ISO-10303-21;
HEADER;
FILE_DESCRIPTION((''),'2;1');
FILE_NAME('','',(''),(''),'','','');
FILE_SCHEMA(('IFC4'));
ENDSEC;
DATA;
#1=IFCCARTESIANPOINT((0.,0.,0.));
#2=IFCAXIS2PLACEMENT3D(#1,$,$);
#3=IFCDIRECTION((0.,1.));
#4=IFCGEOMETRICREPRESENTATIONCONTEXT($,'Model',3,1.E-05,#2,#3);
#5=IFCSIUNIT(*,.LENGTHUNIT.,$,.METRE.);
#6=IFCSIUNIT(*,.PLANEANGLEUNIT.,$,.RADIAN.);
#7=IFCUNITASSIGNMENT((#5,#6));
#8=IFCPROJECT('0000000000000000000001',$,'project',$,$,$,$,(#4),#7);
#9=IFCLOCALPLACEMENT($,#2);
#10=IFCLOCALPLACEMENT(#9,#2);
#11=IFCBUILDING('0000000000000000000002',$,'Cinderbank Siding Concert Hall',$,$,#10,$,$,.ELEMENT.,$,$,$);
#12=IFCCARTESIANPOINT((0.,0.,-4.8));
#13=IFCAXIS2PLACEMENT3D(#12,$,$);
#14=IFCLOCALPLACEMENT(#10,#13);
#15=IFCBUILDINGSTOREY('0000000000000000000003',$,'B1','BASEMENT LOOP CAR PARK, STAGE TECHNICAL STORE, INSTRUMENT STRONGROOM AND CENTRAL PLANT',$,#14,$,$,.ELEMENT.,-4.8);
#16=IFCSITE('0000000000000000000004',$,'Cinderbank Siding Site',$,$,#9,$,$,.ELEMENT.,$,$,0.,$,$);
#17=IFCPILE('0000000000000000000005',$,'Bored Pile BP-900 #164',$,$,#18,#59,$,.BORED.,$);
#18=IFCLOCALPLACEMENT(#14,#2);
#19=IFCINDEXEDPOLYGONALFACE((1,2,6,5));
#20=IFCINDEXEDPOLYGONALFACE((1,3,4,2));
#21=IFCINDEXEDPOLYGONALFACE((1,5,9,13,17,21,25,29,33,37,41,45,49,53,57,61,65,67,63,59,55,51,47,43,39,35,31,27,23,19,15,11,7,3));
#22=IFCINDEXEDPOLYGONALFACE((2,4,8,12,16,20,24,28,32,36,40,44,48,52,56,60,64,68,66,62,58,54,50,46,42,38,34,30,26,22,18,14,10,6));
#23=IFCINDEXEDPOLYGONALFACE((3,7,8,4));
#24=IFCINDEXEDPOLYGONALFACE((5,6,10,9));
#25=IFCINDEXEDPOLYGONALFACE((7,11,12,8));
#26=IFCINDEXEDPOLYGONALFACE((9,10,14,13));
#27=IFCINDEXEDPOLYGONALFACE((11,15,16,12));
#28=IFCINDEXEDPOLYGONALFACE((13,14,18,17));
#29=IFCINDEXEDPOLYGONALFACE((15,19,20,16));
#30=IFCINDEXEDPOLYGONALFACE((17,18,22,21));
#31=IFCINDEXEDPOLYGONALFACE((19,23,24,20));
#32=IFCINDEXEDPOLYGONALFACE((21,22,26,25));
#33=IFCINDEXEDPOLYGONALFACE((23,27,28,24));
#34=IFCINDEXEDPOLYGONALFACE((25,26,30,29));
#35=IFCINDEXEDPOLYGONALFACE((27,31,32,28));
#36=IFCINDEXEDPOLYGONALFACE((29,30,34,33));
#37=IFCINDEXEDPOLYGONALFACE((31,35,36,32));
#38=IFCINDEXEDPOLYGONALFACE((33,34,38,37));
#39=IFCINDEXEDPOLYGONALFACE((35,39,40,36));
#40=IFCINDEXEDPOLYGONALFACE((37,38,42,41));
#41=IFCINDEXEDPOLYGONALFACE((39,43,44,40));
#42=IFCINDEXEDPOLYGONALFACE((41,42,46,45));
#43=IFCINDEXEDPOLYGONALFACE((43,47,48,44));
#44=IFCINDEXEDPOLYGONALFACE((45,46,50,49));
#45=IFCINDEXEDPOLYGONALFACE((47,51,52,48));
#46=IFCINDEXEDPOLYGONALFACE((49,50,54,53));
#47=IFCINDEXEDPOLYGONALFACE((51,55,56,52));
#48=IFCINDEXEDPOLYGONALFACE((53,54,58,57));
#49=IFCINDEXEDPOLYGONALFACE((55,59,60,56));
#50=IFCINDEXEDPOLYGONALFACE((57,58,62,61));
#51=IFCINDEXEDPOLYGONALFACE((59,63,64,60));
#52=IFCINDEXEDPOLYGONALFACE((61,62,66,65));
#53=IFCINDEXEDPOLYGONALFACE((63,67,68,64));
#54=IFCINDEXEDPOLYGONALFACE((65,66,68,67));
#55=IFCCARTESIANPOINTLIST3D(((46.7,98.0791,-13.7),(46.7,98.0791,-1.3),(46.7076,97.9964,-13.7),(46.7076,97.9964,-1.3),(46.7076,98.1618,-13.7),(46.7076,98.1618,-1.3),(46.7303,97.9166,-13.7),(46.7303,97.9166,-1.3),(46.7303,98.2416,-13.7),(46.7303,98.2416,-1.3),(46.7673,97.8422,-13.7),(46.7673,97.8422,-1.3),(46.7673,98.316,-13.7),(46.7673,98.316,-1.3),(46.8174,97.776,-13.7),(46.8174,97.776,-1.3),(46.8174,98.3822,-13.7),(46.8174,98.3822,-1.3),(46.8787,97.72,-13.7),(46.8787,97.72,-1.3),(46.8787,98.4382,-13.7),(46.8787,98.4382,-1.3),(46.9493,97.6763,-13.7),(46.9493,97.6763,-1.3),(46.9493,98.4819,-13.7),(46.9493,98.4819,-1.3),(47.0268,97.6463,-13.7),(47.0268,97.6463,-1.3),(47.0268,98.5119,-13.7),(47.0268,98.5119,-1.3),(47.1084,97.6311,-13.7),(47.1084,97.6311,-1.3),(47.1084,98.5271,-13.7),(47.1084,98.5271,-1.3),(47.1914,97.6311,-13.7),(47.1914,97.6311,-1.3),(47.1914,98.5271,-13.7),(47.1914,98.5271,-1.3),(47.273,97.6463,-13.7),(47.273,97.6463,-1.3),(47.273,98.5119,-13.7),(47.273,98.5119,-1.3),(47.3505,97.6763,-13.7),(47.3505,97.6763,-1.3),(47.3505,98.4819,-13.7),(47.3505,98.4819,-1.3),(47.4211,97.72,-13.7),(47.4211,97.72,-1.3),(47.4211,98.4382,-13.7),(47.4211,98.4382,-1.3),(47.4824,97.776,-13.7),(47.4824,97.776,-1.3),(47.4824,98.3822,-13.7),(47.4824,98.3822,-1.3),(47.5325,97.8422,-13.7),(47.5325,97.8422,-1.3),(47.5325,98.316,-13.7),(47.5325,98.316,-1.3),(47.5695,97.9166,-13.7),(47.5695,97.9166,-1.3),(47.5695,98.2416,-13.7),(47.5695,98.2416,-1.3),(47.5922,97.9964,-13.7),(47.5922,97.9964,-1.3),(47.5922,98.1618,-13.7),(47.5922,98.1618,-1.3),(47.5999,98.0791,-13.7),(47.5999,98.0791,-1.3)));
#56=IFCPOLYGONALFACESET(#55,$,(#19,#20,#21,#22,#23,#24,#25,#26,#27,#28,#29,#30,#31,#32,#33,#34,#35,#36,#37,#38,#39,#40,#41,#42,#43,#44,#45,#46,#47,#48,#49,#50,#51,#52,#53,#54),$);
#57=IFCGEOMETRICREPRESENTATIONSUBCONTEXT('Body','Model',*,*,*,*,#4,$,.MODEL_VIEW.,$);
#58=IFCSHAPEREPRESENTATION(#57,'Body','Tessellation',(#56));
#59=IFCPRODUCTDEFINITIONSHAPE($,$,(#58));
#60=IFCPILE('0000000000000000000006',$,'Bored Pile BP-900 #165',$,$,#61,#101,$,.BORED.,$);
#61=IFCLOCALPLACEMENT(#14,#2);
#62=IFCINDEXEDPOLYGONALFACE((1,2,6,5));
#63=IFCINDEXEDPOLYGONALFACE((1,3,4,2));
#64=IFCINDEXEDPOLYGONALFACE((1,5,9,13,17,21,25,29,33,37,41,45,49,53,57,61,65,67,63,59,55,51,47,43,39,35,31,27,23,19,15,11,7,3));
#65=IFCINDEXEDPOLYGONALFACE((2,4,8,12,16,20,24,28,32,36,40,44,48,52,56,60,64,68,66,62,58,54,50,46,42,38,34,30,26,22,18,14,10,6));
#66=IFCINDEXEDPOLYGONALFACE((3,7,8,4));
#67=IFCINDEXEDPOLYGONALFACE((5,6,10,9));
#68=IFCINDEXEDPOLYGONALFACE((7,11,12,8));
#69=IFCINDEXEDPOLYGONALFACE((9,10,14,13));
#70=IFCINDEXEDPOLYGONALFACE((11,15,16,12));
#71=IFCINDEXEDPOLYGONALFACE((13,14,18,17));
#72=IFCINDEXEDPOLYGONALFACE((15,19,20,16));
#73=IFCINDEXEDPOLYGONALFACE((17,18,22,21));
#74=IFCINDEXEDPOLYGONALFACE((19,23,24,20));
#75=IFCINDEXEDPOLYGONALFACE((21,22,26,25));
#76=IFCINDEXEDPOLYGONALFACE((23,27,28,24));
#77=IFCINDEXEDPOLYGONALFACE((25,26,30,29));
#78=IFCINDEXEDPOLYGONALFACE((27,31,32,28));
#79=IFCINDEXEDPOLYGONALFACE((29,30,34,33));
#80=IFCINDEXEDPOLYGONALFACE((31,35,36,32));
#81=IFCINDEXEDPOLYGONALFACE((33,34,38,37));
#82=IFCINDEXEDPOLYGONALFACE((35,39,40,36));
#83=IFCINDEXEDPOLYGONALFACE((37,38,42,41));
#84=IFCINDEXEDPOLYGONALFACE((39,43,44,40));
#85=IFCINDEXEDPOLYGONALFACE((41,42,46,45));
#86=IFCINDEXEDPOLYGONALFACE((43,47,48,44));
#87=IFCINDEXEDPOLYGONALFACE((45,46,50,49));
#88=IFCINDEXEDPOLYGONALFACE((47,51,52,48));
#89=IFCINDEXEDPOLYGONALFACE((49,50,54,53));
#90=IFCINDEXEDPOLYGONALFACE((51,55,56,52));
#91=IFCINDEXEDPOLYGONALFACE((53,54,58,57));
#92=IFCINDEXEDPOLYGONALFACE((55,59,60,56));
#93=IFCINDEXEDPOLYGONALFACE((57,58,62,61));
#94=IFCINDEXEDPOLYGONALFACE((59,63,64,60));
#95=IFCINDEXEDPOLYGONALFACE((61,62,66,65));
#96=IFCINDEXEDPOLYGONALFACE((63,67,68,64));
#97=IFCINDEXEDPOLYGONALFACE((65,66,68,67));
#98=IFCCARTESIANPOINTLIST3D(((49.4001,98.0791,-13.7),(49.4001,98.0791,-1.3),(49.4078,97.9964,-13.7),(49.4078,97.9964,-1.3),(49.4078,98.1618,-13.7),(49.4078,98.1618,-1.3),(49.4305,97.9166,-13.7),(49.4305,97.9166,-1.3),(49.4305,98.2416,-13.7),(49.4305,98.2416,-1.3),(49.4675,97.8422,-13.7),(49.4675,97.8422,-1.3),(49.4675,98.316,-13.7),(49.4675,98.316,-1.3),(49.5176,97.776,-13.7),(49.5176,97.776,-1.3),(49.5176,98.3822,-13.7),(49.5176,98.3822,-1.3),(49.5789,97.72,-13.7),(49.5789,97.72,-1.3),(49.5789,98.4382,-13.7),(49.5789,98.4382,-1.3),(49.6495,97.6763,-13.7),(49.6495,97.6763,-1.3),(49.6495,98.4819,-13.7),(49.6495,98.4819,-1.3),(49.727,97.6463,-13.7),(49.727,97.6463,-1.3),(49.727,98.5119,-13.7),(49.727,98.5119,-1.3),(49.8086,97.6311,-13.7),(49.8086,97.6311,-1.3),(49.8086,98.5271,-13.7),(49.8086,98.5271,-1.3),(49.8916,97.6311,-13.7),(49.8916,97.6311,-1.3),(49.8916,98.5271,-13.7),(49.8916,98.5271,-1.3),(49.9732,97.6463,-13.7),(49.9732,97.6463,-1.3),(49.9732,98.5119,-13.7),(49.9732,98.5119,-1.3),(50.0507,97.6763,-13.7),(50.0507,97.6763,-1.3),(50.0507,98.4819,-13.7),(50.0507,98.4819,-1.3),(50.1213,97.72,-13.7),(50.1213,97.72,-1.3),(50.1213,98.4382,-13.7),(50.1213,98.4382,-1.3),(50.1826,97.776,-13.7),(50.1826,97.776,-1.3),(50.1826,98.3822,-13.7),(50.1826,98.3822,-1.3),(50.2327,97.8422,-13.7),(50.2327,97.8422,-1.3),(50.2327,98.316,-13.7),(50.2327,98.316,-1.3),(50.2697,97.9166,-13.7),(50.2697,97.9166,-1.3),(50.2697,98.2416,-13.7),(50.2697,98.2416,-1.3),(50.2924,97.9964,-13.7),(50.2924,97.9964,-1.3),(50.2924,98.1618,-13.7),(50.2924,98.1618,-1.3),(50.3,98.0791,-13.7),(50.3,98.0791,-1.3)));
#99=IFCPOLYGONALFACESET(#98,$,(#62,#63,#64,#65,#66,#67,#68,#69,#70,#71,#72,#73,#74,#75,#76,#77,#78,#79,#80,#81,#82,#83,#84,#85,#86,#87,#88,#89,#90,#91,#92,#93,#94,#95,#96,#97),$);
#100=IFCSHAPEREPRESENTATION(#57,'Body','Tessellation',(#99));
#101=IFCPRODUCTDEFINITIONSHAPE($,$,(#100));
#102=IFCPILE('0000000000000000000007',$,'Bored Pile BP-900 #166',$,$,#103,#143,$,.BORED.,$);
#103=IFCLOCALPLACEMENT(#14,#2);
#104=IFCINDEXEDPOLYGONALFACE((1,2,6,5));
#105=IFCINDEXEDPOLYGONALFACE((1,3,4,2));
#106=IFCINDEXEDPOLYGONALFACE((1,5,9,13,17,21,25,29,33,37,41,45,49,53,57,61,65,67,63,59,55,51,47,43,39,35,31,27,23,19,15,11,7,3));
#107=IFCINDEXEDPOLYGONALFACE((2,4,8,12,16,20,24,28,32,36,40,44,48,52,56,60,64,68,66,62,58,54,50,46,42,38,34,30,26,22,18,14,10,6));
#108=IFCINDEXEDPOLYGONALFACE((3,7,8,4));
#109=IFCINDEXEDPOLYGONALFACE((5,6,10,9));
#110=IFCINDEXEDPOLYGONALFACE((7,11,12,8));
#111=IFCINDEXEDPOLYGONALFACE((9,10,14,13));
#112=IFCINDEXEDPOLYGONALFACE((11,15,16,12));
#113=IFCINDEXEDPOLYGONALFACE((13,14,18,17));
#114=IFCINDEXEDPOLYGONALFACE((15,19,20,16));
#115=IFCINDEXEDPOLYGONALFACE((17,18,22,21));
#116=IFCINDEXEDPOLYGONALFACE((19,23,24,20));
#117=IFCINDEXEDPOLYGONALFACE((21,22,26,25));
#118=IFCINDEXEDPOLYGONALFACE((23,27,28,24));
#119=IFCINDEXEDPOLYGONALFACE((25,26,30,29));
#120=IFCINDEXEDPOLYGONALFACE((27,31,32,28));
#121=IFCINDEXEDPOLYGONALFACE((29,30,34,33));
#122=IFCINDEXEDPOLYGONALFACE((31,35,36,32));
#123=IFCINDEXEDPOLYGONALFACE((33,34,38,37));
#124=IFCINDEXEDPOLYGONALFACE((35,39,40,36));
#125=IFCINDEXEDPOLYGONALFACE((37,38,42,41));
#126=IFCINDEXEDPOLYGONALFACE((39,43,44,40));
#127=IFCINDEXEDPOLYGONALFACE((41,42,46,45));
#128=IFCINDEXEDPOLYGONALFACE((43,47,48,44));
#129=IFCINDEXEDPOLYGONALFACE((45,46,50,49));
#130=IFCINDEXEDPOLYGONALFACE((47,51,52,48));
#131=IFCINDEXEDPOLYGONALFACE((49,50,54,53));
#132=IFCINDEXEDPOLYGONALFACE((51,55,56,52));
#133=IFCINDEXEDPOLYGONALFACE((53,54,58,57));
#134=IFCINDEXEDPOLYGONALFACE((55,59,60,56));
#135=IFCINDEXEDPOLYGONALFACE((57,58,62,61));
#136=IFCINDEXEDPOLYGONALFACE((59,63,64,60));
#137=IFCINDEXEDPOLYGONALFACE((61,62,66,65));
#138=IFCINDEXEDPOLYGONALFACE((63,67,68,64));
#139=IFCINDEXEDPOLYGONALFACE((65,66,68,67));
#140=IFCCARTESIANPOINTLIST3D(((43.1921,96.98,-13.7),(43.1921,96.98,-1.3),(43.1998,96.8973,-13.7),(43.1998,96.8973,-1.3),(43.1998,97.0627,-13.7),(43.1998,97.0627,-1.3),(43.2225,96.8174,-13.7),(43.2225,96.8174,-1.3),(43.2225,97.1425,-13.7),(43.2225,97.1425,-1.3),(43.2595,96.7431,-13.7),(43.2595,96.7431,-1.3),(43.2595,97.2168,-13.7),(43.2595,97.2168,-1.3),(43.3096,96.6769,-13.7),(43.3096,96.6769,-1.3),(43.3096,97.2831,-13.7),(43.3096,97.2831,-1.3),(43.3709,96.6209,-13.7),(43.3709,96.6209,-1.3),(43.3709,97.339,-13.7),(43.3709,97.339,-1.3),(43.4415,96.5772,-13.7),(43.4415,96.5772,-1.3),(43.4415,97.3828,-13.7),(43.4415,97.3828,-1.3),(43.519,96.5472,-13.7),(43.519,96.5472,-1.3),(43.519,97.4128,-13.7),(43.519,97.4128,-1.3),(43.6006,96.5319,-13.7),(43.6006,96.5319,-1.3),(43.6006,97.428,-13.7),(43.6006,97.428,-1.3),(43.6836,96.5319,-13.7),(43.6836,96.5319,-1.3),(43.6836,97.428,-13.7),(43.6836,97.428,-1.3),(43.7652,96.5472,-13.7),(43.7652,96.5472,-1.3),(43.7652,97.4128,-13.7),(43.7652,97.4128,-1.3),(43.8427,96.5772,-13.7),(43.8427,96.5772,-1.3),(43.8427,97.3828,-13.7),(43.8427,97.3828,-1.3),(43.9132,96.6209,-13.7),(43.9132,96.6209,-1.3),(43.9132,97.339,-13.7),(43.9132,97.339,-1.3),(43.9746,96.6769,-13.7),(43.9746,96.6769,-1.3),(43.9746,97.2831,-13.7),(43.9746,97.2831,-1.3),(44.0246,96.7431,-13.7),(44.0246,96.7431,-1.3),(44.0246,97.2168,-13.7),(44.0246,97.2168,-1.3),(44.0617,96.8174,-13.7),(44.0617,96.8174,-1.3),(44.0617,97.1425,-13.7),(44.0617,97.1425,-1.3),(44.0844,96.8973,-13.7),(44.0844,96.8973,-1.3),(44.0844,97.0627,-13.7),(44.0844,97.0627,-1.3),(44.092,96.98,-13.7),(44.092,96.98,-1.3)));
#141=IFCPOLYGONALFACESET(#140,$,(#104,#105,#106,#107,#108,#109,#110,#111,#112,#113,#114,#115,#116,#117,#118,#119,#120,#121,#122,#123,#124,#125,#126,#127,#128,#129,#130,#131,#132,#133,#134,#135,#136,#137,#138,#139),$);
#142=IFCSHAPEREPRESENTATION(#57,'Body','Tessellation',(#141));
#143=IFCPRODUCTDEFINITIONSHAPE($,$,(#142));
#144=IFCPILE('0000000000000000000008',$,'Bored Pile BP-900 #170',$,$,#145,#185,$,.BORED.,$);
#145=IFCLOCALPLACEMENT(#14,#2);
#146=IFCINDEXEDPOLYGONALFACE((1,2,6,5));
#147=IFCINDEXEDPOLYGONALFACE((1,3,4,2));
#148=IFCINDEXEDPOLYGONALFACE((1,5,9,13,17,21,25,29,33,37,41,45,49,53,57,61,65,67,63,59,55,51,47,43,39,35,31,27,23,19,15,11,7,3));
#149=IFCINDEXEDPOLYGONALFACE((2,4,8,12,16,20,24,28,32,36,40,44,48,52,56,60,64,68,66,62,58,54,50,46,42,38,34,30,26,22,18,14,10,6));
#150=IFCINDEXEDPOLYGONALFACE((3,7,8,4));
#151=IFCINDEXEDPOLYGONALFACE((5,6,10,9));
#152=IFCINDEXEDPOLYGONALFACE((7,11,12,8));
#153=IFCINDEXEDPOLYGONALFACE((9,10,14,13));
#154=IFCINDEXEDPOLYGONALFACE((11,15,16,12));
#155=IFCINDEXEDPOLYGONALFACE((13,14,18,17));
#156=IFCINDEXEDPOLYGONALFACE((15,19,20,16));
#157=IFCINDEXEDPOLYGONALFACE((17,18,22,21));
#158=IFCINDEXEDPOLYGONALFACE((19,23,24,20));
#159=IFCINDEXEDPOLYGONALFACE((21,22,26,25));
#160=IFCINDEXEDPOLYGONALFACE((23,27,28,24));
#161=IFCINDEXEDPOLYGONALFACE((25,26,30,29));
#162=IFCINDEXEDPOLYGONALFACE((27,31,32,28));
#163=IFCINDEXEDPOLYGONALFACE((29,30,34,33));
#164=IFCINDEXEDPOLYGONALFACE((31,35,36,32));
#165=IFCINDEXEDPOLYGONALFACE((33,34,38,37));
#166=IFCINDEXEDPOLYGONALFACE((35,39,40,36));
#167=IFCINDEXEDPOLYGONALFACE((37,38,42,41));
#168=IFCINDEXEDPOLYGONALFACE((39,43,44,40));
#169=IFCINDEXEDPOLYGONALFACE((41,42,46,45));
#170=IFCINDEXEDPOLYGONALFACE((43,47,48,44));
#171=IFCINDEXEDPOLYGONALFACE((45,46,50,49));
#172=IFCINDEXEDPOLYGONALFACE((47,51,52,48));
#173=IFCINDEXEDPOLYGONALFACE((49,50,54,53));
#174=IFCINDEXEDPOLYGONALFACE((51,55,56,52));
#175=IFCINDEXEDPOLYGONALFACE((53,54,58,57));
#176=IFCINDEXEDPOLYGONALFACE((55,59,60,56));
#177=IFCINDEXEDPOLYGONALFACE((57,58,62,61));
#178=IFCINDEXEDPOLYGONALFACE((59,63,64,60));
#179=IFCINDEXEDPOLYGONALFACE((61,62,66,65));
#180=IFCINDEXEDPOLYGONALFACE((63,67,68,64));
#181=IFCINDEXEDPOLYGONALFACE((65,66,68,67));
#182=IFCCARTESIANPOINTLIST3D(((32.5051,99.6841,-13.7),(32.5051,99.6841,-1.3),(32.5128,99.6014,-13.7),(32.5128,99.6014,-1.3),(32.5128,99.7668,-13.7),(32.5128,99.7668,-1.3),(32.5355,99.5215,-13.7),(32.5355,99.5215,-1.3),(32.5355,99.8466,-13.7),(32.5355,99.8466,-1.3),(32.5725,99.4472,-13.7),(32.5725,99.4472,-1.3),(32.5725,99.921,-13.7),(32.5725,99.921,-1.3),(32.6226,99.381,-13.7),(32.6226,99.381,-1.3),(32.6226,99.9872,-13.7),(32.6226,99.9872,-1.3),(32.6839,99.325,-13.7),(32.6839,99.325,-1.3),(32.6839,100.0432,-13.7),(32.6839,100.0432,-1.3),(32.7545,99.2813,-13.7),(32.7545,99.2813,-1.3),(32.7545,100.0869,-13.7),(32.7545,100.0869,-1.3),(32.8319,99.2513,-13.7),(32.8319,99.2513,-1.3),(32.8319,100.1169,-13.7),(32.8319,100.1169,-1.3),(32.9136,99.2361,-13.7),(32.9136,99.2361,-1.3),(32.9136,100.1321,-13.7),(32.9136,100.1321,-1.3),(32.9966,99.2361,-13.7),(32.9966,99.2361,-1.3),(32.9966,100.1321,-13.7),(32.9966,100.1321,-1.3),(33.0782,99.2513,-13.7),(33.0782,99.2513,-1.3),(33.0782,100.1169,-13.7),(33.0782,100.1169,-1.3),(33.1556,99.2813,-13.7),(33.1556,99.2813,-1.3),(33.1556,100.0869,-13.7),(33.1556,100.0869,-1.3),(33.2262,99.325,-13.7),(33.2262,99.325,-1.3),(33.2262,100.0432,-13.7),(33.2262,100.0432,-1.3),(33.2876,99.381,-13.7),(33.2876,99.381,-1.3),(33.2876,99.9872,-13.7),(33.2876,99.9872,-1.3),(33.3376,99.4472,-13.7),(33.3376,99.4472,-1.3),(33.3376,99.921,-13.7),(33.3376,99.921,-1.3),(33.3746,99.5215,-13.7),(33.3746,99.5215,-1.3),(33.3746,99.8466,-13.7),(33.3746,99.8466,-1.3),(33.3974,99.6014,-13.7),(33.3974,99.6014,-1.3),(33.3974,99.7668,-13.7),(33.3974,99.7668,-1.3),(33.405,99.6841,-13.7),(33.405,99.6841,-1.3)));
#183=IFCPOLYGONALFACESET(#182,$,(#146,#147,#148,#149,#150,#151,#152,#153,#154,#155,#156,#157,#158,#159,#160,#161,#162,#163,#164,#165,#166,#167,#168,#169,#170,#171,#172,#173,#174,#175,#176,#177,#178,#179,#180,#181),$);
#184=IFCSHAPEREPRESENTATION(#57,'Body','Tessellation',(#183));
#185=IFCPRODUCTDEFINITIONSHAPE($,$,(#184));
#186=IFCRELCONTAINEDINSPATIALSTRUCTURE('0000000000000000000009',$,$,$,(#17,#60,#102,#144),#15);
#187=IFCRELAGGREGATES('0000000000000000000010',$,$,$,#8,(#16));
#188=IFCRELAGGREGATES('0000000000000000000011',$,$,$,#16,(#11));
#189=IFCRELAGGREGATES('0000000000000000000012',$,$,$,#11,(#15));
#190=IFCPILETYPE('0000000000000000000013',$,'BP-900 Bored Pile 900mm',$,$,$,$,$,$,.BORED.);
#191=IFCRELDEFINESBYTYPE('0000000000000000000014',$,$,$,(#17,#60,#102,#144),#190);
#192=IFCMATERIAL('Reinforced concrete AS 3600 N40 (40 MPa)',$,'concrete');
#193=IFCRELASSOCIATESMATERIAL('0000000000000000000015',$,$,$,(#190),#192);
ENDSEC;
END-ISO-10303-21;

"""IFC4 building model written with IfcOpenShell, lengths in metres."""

from ifc_helpers import new_model, si_unit, direction, frame, origin, origin_2d, place, context, subcontext, project, spatial, circle, extrude, material, material_profile, profile_set, type_object, element, save


model = new_model("IFC4")

# Units and contexts
model_context = context("Model", 3, precision=1e-05, world=origin(), true_north=direction((0.0, 1.0)))
body_context = subcontext(model_context, "Body", "Model", "MODEL_VIEW")
ifc_project = project(units=[si_unit("LENGTHUNIT", "METRE"), si_unit("PLANEANGLEUNIT", "RADIAN")], contexts=[model_context])

# Site, building, storey
site_placement = place(None, origin())
site = spatial("IfcSite", under=ifc_project, at=site_placement, Name="Cinderbank Siding Site", CompositionType="ELEMENT", RefElevation=0.0)
building_placement = place(site_placement, origin())
building = spatial("IfcBuilding", under=site, at=building_placement, Name="Cinderbank Siding Concert Hall", CompositionType="ELEMENT")
storey_placement = place(building_placement, frame((0.0, 0.0, -4.8)))
storey = spatial("IfcBuildingStorey", under=building, at=storey_placement, Name="B1", Description="BASEMENT LOOP CAR PARK, STAGE TECHNICAL STORE, INSTRUMENT STRONGROOM AND CENTRAL PLANT", CompositionType="ELEMENT", Elevation=-4.8)

# Piles
ifc_material_1 = material(Name="Reinforced concrete AS 3600 N40 (40 MPa)", Category="concrete")
ifc_material_profile_1 = material_profile(ifc_material_1, circle(Radius=0.45, at=origin_2d()), Name="PILE-900DIA", Category="LoadBearing")
ifc_profile_set_1 = profile_set([ifc_material_profile_1], Name="Reinforced concrete AS 3600 N40 (40 MPa)")
pile_type = type_object("IfcPileType", Name="BP-900 Bored Pile 900mm", PredefinedType="BORED", material=ifc_profile_set_1)
for number, where, z_axis, x_axis, name in (
    (1, (47.1499, 98.0791, -1.3), (0.0, 0.0, -1.0), (1.0, 0.0, 0.0), "Bored Pile BP-900 #164"),
    (2, (49.8501, 98.0791, -1.3), (0.0, 0.0, -1.0), (1.0, 0.0, 0.0), "Bored Pile BP-900 #165"),
    (3, (43.6421, 96.98, -1.3), (0.0, 0.0, -1.0), (1.0, 0.0, 0.0), "Bored Pile BP-900 #166"),
    (4, (32.9551, 99.6841, -1.3), (0.0, 0.0, -1.0), (1.0, 0.0, 0.0), "Bored Pile BP-900 #170"),
):
    element("IfcPile", number, at=place(storey_placement, frame(where, z_axis=z_axis, x_axis=x_axis)), inside=storey, type_object=pile_type, Name=name, PredefinedType="BORED", context=body_context, shape_type="SweptSolid", body=[
        extrude(circle(Radius=0.45, at=origin_2d()), origin(), (0.0, 0.0, 1.0), 12.3999),
    ])

save(model, "model.ifc")
